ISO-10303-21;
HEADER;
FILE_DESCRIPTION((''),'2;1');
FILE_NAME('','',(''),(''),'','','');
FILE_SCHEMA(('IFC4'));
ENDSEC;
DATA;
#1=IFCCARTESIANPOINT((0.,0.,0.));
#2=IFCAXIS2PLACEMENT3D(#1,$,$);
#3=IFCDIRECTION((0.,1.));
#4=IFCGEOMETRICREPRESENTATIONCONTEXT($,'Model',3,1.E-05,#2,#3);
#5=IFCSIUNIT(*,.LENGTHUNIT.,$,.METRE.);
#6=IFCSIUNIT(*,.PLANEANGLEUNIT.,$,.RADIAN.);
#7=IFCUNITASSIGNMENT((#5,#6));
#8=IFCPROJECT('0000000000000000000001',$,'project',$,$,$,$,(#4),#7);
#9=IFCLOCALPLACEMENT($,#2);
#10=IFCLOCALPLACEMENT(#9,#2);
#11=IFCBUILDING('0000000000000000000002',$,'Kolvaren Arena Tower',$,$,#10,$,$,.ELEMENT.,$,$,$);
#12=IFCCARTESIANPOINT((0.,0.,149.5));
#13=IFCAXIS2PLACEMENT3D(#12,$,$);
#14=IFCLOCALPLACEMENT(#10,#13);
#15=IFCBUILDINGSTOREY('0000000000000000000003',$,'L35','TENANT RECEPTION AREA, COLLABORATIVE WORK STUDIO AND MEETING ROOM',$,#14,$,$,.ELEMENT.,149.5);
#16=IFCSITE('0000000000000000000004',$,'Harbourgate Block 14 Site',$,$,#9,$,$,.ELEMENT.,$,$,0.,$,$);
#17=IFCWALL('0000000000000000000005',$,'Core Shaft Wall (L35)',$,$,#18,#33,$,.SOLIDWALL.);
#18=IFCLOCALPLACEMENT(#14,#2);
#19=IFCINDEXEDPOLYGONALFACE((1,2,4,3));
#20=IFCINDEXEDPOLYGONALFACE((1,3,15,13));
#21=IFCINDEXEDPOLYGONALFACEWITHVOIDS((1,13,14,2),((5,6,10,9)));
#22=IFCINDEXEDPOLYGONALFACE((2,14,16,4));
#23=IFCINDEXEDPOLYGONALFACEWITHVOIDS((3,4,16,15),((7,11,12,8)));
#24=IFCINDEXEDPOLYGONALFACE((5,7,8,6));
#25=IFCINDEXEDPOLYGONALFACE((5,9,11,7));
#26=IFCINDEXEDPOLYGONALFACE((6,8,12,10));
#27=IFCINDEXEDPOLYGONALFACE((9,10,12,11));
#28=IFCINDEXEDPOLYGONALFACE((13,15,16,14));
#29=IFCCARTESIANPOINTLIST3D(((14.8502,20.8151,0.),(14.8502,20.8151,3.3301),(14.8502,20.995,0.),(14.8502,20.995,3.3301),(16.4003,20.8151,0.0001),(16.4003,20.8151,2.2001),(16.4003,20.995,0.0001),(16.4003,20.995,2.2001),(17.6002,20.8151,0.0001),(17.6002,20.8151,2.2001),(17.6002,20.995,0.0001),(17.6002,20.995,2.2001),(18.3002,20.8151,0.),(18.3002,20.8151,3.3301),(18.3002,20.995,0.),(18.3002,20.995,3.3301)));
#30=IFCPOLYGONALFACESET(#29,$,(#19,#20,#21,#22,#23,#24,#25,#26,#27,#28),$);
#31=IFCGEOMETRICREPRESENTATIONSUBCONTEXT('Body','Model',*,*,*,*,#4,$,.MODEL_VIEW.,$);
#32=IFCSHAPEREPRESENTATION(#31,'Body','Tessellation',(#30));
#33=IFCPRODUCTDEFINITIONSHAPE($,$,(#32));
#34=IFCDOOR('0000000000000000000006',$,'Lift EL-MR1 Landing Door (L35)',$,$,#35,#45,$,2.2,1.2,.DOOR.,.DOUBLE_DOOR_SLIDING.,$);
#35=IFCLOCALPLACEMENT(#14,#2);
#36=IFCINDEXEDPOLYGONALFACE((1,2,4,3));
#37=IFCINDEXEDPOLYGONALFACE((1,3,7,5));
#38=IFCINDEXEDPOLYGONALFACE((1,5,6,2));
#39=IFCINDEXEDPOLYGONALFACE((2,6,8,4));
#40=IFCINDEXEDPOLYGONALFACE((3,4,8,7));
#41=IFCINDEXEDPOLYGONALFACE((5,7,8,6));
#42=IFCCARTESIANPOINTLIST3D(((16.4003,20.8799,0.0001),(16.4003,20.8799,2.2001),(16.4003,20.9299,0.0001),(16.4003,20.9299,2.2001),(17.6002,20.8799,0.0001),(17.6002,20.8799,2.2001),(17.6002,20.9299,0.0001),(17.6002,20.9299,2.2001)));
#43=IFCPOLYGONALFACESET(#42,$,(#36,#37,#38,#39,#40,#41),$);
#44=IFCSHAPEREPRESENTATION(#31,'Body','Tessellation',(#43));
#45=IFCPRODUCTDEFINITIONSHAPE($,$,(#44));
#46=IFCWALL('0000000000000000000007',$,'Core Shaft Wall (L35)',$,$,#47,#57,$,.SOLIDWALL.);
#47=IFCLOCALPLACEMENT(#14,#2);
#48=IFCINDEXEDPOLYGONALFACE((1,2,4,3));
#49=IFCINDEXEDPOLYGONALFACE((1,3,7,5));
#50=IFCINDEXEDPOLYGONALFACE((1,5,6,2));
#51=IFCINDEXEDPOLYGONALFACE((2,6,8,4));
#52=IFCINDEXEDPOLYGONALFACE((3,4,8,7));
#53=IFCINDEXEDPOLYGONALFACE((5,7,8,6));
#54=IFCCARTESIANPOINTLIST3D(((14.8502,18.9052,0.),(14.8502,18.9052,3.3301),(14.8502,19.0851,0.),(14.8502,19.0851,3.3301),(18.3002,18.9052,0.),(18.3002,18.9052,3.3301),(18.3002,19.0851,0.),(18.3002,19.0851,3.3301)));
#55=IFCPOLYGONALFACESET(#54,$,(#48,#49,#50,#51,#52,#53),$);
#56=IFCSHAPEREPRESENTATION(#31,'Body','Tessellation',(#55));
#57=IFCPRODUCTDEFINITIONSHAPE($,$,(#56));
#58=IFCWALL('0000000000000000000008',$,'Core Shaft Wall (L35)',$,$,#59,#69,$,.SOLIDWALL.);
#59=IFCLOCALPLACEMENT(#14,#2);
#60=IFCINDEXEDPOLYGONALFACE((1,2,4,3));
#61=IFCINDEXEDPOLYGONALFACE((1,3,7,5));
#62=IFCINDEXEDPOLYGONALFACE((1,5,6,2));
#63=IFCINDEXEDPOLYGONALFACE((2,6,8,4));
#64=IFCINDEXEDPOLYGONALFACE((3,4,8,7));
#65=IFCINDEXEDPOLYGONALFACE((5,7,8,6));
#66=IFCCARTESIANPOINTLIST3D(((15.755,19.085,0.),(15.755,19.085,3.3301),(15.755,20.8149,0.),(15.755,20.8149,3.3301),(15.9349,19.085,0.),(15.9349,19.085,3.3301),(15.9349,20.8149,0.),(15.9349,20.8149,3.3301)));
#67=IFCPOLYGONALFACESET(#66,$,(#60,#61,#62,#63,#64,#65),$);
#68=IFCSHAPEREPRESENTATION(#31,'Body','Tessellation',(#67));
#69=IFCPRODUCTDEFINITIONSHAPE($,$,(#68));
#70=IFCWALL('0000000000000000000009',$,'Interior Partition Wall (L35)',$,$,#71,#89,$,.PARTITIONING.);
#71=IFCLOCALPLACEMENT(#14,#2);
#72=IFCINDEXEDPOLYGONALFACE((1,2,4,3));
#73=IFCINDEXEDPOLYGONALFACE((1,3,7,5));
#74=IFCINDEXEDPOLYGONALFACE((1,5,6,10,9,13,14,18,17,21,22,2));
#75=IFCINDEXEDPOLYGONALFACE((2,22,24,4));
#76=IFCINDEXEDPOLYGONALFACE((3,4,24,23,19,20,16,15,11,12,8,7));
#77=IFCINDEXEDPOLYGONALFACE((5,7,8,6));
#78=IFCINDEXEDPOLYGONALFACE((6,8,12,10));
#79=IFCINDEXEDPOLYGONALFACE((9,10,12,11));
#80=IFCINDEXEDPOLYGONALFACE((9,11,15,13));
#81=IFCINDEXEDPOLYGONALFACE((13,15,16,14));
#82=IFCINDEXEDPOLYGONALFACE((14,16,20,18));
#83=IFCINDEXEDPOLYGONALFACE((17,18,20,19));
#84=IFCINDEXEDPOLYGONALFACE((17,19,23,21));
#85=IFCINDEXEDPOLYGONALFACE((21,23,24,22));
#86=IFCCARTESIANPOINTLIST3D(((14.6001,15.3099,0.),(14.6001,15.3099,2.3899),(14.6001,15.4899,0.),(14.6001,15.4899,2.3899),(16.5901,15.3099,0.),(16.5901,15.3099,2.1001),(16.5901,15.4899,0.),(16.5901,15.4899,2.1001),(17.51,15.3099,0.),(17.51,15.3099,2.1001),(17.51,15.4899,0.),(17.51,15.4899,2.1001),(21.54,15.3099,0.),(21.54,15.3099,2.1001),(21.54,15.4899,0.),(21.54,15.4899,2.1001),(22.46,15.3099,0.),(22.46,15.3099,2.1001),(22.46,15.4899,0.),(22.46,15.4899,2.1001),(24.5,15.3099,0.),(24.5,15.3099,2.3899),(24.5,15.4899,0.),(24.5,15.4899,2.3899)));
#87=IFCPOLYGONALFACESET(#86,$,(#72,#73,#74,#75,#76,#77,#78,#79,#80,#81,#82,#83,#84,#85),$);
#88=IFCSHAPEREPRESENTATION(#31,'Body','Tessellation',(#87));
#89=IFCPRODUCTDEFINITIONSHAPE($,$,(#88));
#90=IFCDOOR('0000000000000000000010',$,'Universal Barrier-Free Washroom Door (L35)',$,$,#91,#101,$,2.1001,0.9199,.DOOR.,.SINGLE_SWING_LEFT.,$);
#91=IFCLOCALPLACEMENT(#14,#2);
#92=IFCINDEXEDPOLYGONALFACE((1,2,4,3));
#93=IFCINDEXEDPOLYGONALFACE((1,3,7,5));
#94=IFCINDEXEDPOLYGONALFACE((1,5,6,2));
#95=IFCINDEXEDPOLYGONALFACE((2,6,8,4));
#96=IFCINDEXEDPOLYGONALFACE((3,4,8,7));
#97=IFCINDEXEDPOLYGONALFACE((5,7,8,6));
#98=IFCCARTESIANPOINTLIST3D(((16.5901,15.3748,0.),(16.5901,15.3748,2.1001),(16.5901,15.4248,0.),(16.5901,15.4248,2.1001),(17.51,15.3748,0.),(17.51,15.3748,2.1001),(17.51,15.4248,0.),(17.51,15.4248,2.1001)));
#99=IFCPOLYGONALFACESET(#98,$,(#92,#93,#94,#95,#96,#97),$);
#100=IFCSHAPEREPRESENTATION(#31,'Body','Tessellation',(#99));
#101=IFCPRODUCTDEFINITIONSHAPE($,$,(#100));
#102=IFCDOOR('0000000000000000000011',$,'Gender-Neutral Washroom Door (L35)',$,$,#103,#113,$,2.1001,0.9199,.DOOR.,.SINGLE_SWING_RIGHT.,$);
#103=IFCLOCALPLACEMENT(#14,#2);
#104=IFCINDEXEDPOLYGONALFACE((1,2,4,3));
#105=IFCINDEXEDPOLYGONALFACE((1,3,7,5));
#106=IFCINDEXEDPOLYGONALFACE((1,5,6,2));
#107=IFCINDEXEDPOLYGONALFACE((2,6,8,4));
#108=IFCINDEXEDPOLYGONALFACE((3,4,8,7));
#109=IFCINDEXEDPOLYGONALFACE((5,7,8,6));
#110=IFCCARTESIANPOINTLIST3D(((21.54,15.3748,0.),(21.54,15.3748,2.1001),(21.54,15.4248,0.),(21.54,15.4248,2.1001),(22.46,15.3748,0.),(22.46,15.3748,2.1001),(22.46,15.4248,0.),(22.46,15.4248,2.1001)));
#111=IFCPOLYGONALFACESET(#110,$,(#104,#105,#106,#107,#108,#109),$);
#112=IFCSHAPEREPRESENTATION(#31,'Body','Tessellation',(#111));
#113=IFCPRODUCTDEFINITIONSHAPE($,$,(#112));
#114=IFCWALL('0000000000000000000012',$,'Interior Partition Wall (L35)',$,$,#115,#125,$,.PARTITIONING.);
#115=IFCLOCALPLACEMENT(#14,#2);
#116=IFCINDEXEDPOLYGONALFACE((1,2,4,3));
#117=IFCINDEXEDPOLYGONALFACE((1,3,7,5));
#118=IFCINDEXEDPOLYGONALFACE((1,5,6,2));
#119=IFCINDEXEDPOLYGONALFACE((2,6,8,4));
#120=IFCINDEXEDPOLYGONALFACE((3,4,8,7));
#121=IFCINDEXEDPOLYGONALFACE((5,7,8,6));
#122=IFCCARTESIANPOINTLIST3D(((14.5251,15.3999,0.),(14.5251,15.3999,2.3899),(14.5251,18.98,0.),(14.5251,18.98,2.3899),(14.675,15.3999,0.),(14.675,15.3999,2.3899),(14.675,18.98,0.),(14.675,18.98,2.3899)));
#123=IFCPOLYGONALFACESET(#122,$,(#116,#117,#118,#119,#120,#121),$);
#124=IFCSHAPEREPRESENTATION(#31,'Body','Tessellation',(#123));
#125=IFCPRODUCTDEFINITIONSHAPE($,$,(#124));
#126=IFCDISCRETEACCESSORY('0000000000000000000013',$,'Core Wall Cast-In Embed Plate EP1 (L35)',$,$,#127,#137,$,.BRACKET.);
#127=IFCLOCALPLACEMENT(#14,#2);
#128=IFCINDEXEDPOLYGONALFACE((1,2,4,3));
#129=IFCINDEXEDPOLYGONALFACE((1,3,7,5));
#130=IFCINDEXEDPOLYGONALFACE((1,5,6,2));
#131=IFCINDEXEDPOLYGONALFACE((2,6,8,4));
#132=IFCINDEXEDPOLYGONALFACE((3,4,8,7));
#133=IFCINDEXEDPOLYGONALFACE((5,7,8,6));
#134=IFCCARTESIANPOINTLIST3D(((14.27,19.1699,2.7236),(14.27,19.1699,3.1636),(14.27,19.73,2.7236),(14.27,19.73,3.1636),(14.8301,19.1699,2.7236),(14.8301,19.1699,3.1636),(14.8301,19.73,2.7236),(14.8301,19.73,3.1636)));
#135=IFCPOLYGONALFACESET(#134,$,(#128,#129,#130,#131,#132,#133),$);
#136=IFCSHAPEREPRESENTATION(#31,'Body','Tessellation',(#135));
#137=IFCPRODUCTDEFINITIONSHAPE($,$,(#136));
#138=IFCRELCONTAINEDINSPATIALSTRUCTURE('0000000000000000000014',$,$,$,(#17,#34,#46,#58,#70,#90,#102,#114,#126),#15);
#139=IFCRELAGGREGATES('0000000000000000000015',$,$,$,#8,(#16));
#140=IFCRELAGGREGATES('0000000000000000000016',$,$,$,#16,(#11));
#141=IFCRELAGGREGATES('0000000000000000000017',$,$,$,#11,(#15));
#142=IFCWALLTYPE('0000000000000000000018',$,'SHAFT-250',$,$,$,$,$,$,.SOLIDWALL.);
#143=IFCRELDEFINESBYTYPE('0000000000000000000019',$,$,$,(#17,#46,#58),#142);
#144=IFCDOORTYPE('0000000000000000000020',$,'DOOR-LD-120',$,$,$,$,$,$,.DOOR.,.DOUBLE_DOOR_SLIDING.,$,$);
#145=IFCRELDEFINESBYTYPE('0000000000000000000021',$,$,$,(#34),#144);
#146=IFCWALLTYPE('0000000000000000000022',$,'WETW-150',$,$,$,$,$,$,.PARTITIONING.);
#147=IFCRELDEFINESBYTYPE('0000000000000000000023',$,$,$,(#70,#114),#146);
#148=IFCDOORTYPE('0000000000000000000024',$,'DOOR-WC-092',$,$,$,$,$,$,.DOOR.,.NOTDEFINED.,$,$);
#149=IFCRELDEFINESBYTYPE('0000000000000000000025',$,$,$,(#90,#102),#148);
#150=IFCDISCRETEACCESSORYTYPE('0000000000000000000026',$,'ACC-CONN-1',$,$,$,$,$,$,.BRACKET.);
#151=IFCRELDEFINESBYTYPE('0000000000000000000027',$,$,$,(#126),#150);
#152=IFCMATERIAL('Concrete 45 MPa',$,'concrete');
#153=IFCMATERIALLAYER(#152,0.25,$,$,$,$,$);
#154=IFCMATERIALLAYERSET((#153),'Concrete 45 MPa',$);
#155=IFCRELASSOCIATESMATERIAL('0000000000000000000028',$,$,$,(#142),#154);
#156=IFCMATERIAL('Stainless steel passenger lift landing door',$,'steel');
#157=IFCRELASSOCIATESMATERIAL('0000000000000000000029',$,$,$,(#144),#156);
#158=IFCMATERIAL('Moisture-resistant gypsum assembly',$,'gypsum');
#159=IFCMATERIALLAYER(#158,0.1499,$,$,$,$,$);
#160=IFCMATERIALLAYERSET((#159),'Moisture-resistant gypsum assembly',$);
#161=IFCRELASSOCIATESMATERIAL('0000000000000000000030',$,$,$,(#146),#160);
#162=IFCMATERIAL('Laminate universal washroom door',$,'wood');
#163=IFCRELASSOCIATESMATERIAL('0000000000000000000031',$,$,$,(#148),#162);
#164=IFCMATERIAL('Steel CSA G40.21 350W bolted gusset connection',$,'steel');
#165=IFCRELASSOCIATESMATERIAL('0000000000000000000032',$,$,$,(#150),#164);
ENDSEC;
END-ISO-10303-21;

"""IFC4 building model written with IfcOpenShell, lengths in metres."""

from ifc_helpers import new_model, si_unit, direction, frame, frame_2d, origin, origin_2d, place, context, subcontext, project, spatial, rectangle, extrude, material, layer, layer_set, type_object, element, fill, save


model = new_model("IFC4")

# Units and contexts
model_context = context("Model", 3, precision=1e-05, world=origin(), true_north=direction((0.0, 1.0)))
body_context = subcontext(model_context, "Body", "Model", "MODEL_VIEW")
ifc_project = project(units=[si_unit("LENGTHUNIT", "METRE"), si_unit("PLANEANGLEUNIT", "RADIAN")], contexts=[model_context])

# Site, building, storey
site_placement = place(None, origin())
site = spatial("IfcSite", under=ifc_project, at=site_placement, Name="Harbourgate Block 14 Site", CompositionType="ELEMENT", RefElevation=0.0)
building_placement = place(site_placement, origin())
building = spatial("IfcBuilding", under=site, at=building_placement, Name="Kolvaren Arena Tower", CompositionType="ELEMENT")
storey_placement = place(building_placement, frame((0.0, 0.0, 149.5)))
storey = spatial("IfcBuildingStorey", under=building, at=storey_placement, Name="L35", Description="TENANT RECEPTION AREA, COLLABORATIVE WORK STUDIO AND MEETING ROOM", CompositionType="ELEMENT", Elevation=149.5)

# Wall, opening, door
ifc_material_1 = material(Name="Concrete 45 MPa", Category="concrete")
ifc_layer_1 = layer(ifc_material_1, 0.25)
ifc_layer_set_1 = layer_set([ifc_layer_1], Name="Concrete 45 MPa")
wall_type_1 = type_object("IfcWallType", Name="SHAFT-250", PredefinedType="SOLIDWALL", material=ifc_layer_set_1)
wall_1_placement = place(storey_placement, frame((14.8501, 20.905, 0.0), z_axis=(0.0, 0.0, 1.0), x_axis=(1.0, 0.0, 0.0)))
wall_1 = element("IfcWall", 1, at=wall_1_placement, inside=storey, type_object=wall_type_1, Name="Core Shaft Wall (L35)", PredefinedType="SOLIDWALL", context=body_context, shape_type="SweptSolid", body=[
    extrude(rectangle(XDim=3.45, YDim=0.1799, at=frame_2d((1.7251, 0.0))), origin(), (0.0, 0.0, 1.0), 3.3301),
])
opening_1_placement = place(wall_1_placement, frame((1.55, 0.0, 0.0)))
opening_1 = element("IfcOpeningElement", 2, at=opening_1_placement, cuts=wall_1, PredefinedType="OPENING", context=body_context, shape_type="SweptSolid", body=[
    extrude(rectangle(XDim=1.2, YDim=2.2, at=frame_2d((0.6001, 1.1001))), frame((0.0, 0.0999, 0.0), z_axis=(0.0, -1.0, 0.0), x_axis=(1.0, 0.0, 0.0)), (0.0, 0.0, 1.0), 0.2),
])
ifc_material_2 = material(Name="Stainless steel passenger lift landing door", Category="steel")
door_type_1 = type_object("IfcDoorType", Name="DOOR-LD-120", OperationType="DOUBLE_DOOR_SLIDING", PredefinedType="DOOR", material=ifc_material_2)
door_1_placement = place(opening_1_placement, origin())
door_1 = element("IfcDoor", 3, at=door_1_placement, inside=storey, type_object=door_type_1, Name="Lift EL-MR1 Landing Door (L35)", OperationType="DOUBLE_DOOR_SLIDING", OverallHeight=2.2, OverallWidth=1.2, PredefinedType="DOOR", context=body_context, shape_type="SweptSolid", body=[
    extrude(rectangle(XDim=1.2, YDim=2.2, at=frame_2d((0.6001, 1.1001))), frame((0.0, 0.0249, 0.0), z_axis=(0.0, -1.0, 0.0), x_axis=(1.0, 0.0, 0.0)), (0.0, 0.0, 1.0), 0.05),
])
fill(opening_1, door_1)

# Walls
wall_2_placement = place(storey_placement, frame((14.8501, 18.9951, 0.0), z_axis=(0.0, 0.0, 1.0), x_axis=(1.0, 0.0, 0.0)))
element("IfcWall", 4, at=wall_2_placement, inside=storey, type_object=wall_type_1, Name="Core Shaft Wall (L35)", PredefinedType="SOLIDWALL", context=body_context, shape_type="SweptSolid", body=[
    extrude(rectangle(XDim=3.45, YDim=0.1799, at=frame_2d((1.7251, 0.0))), origin(), (0.0, 0.0, 1.0), 3.3301),
])
wall_3_placement = place(storey_placement, frame((15.845, 19.085, 0.0), z_axis=(0.0, 0.0, 1.0), x_axis=(0.0, 1.0, 0.0)))
element("IfcWall", 5, at=wall_3_placement, inside=storey, type_object=wall_type_1, Name="Core Shaft Wall (L35)", PredefinedType="SOLIDWALL", context=body_context, shape_type="SweptSolid", body=[
    extrude(rectangle(XDim=1.73, YDim=0.1799, at=frame_2d((0.865, 0.0))), origin(), (0.0, 0.0, 1.0), 3.3301),
])

# Wall, openings, doors
ifc_material_3 = material(Name="Moisture-resistant gypsum assembly", Category="gypsum")
ifc_layer_2 = layer(ifc_material_3, 0.1499)
ifc_layer_set_2 = layer_set([ifc_layer_2], Name="Moisture-resistant gypsum assembly")
wall_type_2 = type_object("IfcWallType", Name="WETW-150", PredefinedType="PARTITIONING", material=ifc_layer_set_2)
wall_4_placement = place(storey_placement, frame((14.6001, 15.3999, 0.0), z_axis=(0.0, 0.0, 1.0), x_axis=(1.0, 0.0, 0.0)))
wall_4 = element("IfcWall", 6, at=wall_4_placement, inside=storey, type_object=wall_type_2, Name="Interior Partition Wall (L35)", PredefinedType="PARTITIONING", context=body_context, shape_type="SweptSolid", body=[
    extrude(rectangle(XDim=9.8999, YDim=0.1799, at=frame_2d((4.95, 0.0))), origin(), (0.0, 0.0, 1.0), 2.3899),
])
opening_2_placement = place(wall_4_placement, frame((1.99, 0.0, 0.0)))
opening_2 = element("IfcOpeningElement", 7, at=opening_2_placement, cuts=wall_4, PredefinedType="OPENING", context=body_context, shape_type="SweptSolid", body=[
    extrude(rectangle(XDim=0.9199, YDim=2.1001, at=frame_2d((0.46, 1.05))), frame((0.0, 0.0999, 0.0), z_axis=(0.0, -1.0, 0.0), x_axis=(1.0, 0.0, 0.0)), (0.0, 0.0, 1.0), 0.2),
])
opening_3_placement = place(wall_4_placement, frame((6.9399, 0.0, 0.0)))
opening_3 = element("IfcOpeningElement", 8, at=opening_3_placement, cuts=wall_4, PredefinedType="OPENING", context=body_context, shape_type="SweptSolid", body=[
    extrude(rectangle(XDim=0.9199, YDim=2.1001, at=frame_2d((0.46, 1.05))), frame((0.0, 0.0999, 0.0), z_axis=(0.0, -1.0, 0.0), x_axis=(1.0, 0.0, 0.0)), (0.0, 0.0, 1.0), 0.2),
])
ifc_material_4 = material(Name="Laminate universal washroom door", Category="wood")
door_type_2 = type_object("IfcDoorType", Name="DOOR-WC-092", OperationType="NOTDEFINED", PredefinedType="DOOR", material=ifc_material_4)
door_2_placement = place(opening_2_placement, origin())
door_2 = element("IfcDoor", 9, at=door_2_placement, inside=storey, type_object=door_type_2, Name="Universal Barrier-Free Washroom Door (L35)", OperationType="SINGLE_SWING_LEFT", OverallHeight=2.1001, OverallWidth=0.9199, PredefinedType="DOOR", context=body_context, shape_type="SweptSolid", body=[
    extrude(rectangle(XDim=0.9199, YDim=2.1001, at=frame_2d((0.46, 1.05))), frame((0.0, 0.0249, 0.0), z_axis=(0.0, -1.0, 0.0), x_axis=(1.0, 0.0, 0.0)), (0.0, 0.0, 1.0), 0.05),
])
fill(opening_2, door_2)
door_3_placement = place(opening_3_placement, origin())
door_3 = element("IfcDoor", 10, at=door_3_placement, inside=storey, type_object=door_type_2, Name="Gender-Neutral Washroom Door (L35)", OperationType="SINGLE_SWING_RIGHT", OverallHeight=2.1001, OverallWidth=0.9199, PredefinedType="DOOR", context=body_context, shape_type="SweptSolid", body=[
    extrude(rectangle(XDim=0.9199, YDim=2.1001, at=frame_2d((0.46, 1.05))), frame((0.0, 0.0249, 0.0), z_axis=(0.0, -1.0, 0.0), x_axis=(1.0, 0.0, 0.0)), (0.0, 0.0, 1.0), 0.05),
])
fill(opening_3, door_3)

# Wall
wall_5_placement = place(storey_placement, frame((14.6001, 15.3999, 0.0), z_axis=(0.0, 0.0, 1.0), x_axis=(0.0, 1.0, 0.0)))
element("IfcWall", 11, at=wall_5_placement, inside=storey, type_object=wall_type_2, Name="Interior Partition Wall (L35)", PredefinedType="PARTITIONING", context=body_context, shape_type="SweptSolid", body=[
    extrude(rectangle(XDim=3.5801, YDim=0.1499, at=frame_2d((1.79, 0.0))), origin(), (0.0, 0.0, 1.0), 2.3899),
])

# Discrete accessory
ifc_material_5 = material(Name="Steel CSA G40.21 350W bolted gusset connection", Category="steel")
discrete_accessory_type = type_object("IfcDiscreteAccessoryType", Name="ACC-CONN-1", PredefinedType="BRACKET", material=ifc_material_5)
discrete_accessory_placement = place(storey_placement, frame((14.55, 19.45, 2.7236), z_axis=(0.0, 0.0, 1.0), x_axis=(1.0, 0.0, 0.0)))
element("IfcDiscreteAccessory", 12, at=discrete_accessory_placement, inside=storey, type_object=discrete_accessory_type, Name="Core Wall Cast-In Embed Plate EP1 (L35)", PredefinedType="BRACKET", context=body_context, shape_type="SweptSolid", body=[
    extrude(rectangle(XDim=0.5601, YDim=0.5601, at=origin_2d()), origin(), (0.0, 0.0, 1.0), 0.4399),
])

save(model, "model.ifc")
